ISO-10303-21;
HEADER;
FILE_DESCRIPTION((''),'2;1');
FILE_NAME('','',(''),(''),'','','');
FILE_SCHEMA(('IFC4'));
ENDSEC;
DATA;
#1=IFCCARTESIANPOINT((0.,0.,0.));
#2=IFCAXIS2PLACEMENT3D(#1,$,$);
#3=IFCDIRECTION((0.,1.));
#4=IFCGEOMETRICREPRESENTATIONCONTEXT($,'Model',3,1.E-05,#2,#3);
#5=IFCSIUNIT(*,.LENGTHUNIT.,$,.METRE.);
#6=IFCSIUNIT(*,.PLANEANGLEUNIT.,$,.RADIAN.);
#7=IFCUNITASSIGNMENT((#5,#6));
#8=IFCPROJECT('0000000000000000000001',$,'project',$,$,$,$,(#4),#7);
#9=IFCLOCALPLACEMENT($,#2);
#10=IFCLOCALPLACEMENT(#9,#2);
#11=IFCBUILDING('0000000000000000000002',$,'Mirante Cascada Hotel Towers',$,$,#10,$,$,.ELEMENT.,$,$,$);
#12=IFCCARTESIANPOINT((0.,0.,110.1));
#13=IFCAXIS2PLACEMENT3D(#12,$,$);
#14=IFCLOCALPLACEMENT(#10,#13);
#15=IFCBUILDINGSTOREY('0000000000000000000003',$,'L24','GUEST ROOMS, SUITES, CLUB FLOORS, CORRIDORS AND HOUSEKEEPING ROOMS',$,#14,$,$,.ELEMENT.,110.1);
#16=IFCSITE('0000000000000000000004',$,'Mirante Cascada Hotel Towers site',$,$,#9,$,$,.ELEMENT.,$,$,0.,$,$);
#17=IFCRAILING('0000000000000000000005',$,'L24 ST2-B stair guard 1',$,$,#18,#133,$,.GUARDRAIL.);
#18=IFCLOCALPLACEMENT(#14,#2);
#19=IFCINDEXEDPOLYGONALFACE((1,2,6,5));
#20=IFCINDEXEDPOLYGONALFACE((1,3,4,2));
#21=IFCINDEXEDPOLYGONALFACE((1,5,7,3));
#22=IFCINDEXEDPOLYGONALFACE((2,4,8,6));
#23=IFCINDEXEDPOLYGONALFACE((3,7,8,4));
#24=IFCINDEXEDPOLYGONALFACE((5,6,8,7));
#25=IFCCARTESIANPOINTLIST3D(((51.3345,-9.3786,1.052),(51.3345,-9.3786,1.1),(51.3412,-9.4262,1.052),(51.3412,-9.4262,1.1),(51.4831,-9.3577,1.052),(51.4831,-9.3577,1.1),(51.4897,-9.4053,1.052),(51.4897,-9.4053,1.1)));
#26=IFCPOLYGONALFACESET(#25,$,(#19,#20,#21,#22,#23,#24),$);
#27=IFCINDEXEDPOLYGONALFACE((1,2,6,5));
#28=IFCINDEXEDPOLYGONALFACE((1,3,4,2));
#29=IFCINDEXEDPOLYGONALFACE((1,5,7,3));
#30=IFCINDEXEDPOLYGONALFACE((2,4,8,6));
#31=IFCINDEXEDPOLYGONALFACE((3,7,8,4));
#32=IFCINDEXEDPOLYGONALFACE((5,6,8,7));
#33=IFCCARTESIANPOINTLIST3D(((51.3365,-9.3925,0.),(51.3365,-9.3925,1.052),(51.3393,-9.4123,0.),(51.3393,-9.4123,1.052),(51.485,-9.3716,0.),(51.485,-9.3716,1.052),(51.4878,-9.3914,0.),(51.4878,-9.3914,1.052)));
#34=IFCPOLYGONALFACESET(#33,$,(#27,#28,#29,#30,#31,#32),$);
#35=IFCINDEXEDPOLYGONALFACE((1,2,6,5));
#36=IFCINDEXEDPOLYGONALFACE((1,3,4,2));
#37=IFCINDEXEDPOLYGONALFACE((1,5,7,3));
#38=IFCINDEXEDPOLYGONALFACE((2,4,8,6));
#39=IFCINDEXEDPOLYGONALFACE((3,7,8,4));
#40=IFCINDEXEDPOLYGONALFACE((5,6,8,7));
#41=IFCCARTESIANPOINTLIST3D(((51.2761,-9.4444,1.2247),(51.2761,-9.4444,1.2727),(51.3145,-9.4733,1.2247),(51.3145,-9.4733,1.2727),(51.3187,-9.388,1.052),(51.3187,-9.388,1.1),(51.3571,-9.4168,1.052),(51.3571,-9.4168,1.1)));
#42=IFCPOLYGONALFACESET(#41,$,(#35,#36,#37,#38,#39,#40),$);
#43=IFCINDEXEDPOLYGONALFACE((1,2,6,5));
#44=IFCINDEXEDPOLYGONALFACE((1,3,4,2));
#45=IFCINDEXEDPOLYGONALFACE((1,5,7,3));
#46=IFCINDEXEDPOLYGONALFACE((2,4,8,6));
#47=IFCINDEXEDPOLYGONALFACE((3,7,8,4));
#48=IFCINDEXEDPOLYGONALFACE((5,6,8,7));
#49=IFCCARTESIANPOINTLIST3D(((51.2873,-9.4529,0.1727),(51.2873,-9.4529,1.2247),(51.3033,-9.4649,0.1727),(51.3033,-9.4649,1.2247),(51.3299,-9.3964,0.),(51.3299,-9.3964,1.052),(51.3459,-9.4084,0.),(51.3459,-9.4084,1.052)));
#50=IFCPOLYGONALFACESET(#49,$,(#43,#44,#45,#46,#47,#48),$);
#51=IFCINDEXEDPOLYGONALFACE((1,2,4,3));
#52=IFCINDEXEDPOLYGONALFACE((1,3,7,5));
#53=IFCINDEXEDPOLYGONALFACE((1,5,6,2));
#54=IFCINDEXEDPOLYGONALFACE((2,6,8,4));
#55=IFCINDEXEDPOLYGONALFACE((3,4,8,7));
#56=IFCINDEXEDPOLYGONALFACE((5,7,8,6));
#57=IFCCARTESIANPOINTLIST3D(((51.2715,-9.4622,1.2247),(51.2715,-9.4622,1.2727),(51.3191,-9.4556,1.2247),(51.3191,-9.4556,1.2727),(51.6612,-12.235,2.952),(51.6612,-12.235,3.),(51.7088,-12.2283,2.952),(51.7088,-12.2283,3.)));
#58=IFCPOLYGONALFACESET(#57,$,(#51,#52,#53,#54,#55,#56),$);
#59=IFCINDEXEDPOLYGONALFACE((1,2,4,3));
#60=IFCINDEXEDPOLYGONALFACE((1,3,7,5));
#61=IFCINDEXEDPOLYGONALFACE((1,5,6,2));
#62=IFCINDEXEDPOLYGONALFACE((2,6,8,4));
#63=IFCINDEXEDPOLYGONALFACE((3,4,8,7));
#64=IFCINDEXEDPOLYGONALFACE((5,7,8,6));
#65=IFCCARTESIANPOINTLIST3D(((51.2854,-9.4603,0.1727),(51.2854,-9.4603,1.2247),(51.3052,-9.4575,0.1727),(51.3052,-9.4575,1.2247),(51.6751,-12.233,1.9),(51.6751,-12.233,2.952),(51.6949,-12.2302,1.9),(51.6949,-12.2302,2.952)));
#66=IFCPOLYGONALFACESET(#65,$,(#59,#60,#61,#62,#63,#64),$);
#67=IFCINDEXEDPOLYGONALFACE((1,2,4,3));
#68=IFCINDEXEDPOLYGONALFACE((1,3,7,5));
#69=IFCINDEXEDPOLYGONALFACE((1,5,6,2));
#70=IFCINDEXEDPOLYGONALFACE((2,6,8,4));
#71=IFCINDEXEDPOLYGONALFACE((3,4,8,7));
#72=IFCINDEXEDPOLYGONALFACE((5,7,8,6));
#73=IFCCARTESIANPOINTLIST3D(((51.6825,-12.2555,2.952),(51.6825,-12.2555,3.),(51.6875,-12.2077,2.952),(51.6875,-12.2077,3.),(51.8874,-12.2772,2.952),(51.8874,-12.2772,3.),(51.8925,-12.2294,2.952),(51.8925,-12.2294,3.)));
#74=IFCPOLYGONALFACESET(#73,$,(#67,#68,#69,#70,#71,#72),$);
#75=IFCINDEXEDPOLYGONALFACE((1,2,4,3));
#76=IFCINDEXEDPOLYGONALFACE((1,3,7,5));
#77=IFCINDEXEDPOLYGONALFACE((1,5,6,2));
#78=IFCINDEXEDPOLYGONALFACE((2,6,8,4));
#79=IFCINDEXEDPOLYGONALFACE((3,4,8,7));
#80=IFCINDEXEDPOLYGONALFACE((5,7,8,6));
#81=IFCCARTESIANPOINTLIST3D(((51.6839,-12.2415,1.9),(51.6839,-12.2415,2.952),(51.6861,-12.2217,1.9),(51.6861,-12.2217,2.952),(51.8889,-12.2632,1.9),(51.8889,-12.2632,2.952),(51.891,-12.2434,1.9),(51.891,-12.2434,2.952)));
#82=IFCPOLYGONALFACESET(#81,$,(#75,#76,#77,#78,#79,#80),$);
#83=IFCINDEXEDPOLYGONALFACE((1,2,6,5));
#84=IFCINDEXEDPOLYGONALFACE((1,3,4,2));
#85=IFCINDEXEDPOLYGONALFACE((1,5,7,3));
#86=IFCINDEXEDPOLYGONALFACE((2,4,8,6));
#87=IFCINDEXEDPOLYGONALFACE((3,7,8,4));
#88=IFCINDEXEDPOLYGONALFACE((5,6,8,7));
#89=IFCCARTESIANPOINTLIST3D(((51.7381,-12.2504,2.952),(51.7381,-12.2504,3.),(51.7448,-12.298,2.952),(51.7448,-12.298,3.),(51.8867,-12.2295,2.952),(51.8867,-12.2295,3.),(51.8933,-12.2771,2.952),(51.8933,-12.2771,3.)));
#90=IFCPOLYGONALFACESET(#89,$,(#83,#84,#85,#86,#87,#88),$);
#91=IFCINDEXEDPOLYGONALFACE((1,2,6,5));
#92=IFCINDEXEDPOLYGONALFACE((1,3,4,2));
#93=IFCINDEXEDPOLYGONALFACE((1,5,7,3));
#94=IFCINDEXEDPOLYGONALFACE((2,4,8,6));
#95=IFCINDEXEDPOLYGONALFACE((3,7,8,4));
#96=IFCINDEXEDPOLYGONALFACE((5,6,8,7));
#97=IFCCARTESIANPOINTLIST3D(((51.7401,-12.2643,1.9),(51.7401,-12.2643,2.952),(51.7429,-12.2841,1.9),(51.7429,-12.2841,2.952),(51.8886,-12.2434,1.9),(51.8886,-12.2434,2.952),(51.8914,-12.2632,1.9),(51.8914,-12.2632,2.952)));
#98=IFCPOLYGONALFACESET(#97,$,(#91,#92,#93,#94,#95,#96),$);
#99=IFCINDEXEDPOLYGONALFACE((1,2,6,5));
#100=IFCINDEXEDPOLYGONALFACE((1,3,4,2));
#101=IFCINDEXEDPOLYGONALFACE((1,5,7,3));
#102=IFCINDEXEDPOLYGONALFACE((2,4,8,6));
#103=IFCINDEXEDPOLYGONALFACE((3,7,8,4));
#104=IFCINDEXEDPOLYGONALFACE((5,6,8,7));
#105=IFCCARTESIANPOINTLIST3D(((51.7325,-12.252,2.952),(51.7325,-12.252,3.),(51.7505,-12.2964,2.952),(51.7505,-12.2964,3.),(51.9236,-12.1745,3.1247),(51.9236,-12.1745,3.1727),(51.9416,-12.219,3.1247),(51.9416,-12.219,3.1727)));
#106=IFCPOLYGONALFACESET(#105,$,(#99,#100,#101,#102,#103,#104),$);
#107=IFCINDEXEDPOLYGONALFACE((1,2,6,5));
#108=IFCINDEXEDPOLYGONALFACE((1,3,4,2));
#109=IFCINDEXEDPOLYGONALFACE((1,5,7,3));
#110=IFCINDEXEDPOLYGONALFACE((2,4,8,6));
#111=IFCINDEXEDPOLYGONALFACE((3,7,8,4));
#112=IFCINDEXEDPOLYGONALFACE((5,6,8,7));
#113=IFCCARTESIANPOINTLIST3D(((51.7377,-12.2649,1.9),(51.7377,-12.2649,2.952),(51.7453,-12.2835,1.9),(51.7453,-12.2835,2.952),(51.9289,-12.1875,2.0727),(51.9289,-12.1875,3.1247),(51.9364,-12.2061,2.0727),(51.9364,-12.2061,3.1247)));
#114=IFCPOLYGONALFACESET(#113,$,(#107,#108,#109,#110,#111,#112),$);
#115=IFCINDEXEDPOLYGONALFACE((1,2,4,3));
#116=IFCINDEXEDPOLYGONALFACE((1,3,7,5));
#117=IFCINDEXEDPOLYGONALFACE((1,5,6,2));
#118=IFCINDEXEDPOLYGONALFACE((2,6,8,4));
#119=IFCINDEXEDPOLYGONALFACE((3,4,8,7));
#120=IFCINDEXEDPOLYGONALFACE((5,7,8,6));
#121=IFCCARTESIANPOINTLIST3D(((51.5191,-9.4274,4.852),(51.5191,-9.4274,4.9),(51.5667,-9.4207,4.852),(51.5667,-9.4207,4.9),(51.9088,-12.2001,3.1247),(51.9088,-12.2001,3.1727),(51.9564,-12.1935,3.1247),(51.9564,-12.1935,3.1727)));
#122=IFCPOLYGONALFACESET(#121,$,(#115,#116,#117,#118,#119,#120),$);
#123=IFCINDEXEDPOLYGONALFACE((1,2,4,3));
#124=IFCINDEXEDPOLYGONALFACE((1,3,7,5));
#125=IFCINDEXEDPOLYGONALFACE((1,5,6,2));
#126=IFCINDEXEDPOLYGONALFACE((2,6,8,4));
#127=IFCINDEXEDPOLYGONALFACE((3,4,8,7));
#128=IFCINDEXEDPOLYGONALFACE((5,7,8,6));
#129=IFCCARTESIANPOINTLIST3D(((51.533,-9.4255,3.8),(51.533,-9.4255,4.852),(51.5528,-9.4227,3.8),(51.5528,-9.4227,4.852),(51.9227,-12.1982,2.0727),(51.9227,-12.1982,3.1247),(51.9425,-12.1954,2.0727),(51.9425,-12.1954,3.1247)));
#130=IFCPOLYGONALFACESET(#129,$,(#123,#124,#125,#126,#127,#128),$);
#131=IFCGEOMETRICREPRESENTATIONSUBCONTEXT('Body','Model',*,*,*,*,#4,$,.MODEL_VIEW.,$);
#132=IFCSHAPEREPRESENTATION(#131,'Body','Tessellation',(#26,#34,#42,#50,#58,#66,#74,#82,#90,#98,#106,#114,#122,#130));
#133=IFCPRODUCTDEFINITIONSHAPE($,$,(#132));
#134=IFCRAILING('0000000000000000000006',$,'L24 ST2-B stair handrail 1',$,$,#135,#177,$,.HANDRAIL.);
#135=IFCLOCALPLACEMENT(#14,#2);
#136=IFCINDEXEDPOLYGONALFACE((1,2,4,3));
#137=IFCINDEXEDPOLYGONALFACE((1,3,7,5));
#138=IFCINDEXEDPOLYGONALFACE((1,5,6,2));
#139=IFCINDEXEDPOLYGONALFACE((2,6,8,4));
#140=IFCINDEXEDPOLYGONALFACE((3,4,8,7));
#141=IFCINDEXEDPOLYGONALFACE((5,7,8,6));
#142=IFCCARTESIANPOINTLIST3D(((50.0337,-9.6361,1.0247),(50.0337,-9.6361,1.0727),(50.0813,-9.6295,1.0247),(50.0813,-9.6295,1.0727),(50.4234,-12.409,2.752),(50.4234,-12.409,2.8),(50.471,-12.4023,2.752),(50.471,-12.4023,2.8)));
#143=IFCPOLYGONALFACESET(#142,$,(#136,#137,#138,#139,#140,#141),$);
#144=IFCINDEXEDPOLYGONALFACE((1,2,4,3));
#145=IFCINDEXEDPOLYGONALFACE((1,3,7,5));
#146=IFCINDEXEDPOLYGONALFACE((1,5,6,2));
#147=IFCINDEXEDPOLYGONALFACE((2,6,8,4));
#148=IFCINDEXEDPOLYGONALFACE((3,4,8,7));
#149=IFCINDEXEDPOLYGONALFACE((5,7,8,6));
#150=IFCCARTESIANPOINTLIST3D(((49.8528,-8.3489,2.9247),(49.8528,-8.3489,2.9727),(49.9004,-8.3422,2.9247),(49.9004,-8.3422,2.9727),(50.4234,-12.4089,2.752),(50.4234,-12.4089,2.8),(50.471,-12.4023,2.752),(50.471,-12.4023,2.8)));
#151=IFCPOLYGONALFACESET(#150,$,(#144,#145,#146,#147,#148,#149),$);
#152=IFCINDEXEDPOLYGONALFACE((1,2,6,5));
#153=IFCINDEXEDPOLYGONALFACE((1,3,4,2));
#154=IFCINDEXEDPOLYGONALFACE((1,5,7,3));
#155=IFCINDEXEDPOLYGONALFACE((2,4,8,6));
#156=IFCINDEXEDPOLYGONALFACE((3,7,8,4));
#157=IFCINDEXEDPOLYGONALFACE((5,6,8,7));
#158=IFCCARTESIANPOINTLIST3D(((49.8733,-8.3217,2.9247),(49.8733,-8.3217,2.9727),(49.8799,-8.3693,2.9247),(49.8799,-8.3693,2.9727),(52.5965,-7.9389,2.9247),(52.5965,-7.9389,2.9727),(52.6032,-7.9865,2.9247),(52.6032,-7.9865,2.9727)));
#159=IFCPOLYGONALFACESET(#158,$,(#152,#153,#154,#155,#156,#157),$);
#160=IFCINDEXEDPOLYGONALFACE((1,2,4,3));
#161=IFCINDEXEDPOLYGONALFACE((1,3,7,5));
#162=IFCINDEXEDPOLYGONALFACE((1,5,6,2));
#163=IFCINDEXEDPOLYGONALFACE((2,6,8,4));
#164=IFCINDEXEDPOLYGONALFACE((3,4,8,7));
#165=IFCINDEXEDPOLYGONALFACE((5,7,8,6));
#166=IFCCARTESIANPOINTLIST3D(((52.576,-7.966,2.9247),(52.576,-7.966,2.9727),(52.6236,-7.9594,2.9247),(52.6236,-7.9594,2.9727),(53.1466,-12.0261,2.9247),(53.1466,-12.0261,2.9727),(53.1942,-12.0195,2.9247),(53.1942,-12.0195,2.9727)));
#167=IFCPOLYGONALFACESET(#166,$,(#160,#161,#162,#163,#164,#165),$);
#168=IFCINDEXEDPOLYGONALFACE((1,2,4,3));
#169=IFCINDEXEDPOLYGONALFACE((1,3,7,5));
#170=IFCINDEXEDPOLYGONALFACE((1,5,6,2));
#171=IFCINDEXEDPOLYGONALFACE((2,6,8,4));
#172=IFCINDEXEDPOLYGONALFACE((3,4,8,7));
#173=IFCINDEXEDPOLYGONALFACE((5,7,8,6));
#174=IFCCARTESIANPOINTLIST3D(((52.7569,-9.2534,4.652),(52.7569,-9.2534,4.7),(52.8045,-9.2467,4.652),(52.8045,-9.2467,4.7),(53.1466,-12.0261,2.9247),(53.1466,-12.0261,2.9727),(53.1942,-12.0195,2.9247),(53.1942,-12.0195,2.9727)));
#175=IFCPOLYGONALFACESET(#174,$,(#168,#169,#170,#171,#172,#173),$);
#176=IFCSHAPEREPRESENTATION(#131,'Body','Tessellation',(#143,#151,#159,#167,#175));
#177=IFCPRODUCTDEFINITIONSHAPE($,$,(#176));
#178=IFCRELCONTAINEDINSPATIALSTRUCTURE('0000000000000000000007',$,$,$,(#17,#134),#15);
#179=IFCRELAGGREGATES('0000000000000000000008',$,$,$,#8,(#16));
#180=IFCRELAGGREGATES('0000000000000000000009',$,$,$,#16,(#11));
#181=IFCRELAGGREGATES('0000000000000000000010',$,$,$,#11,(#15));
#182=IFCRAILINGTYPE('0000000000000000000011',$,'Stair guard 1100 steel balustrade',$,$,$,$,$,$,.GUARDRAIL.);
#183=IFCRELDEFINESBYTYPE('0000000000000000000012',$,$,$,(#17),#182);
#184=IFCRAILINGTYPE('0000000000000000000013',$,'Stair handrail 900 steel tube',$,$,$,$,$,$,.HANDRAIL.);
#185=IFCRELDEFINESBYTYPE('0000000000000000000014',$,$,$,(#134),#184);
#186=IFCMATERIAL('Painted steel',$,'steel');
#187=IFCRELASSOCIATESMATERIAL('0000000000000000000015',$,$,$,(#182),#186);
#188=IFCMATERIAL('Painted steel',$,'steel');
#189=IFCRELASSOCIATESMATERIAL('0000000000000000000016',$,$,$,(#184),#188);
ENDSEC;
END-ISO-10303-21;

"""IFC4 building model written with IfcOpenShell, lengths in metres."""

from ifc_helpers import new_model, si_unit, direction, frame, origin, origin_2d, place, context, subcontext, project, spatial, rectangle, extrude, material, type_object, element, save


model = new_model("IFC4")

# Units and contexts
model_context = context("Model", 3, precision=1e-05, world=origin(), true_north=direction((0.0, 1.0)))
body_context = subcontext(model_context, "Body", "Model", "MODEL_VIEW")
ifc_project = project(units=[si_unit("LENGTHUNIT", "METRE"), si_unit("PLANEANGLEUNIT", "RADIAN")], contexts=[model_context])

# Site, building, storey
site_placement = place(None, origin())
site = spatial("IfcSite", under=ifc_project, at=site_placement, Name="Mirante Cascada Hotel Towers site", CompositionType="ELEMENT", RefElevation=0.0)
building_placement = place(site_placement, origin())
building = spatial("IfcBuilding", under=site, at=building_placement, Name="Mirante Cascada Hotel Towers", CompositionType="ELEMENT")
storey_placement = place(building_placement, frame((0.0, 0.0, 110.1)))
storey = spatial("IfcBuildingStorey", under=building, at=storey_placement, Name="L24", Description="GUEST ROOMS, SUITES, CLUB FLOORS, CORRIDORS AND HOUSEKEEPING ROOMS", CompositionType="ELEMENT", Elevation=110.1)

# Railings
ifc_material_1 = material(Name="Painted steel", Category="steel")
railing_type_1 = type_object("IfcRailingType", Name="Stair guard 1100 steel balustrade", PredefinedType="GUARDRAIL", material=ifc_material_1)
railing_1_placement = place(storey_placement, frame((51.4864, -9.3815, 0.0)))
element("IfcRailing", 1, at=railing_1_placement, inside=storey, type_object=railing_type_1, Name="L24 ST2-B stair guard 1", PredefinedType="GUARDRAIL", context=body_context, shape_type="SweptSolid", body=[
    extrude(rectangle(XDim=0.048, YDim=0.048, at=origin_2d()), frame((0.0, 0.0, 1.076), z_axis=(-0.990241, -0.139367, 0.0), x_axis=(0.139367, -0.990241, 0.0)), (0.0, 0.0, 1.0), 0.15),
    extrude(rectangle(XDim=0.02, YDim=1.052, at=origin_2d()), frame((0.0, 0.0, 0.526), z_axis=(-0.990241, -0.139367, 0.0), x_axis=(0.139367, -0.990241, 0.0)), (0.0, 0.0, 1.0), 0.15),
    extrude(rectangle(XDim=0.048, YDim=0.048, at=origin_2d()), frame((-0.1485, -0.0209, 1.076), z_axis=(-0.602033, -0.798471, 0.0), x_axis=(0.798471, -0.602033, 0.0)), (0.0, 0.92534, 0.379139), 0.1866),
    extrude(rectangle(XDim=0.02, YDim=1.052, at=origin_2d()), frame((-0.1485, -0.0209, 0.526), z_axis=(-0.602033, -0.798471, 0.0), x_axis=(0.798471, -0.602033, 0.0)), (0.0, 0.92534, 0.379139), 0.1866),
    extrude(rectangle(XDim=0.048, YDim=0.048, at=origin_2d()), frame((-0.1911, -0.0774, 1.2487), z_axis=(0.139181, -0.990267, 0.0), x_axis=(0.990267, 0.139181, 0.0)), (0.0, 0.525035, 0.851081), 3.2899),
    extrude(rectangle(XDim=0.02, YDim=1.052, at=origin_2d()), frame((-0.1911, -0.0774, 0.6987), z_axis=(0.139181, -0.990267, 0.0), x_axis=(0.990267, 0.139181, 0.0)), (0.0, 0.525035, 0.851081), 3.2899),
    extrude(rectangle(XDim=0.048, YDim=0.048, at=origin_2d()), frame((0.1986, -2.8501, 2.976), z_axis=(0.994444, -0.105266, 0.0), x_axis=(0.105266, 0.994444, 0.0)), (0.0, 0.0, 1.0), 0.2061),
    extrude(rectangle(XDim=0.02, YDim=1.052, at=origin_2d()), frame((0.1986, -2.8501, 2.426), z_axis=(0.994444, -0.105266, 0.0), x_axis=(0.105266, 0.994444, 0.0)), (0.0, 0.0, 1.0), 0.2061),
    extrude(rectangle(XDim=0.048, YDim=0.048, at=origin_2d()), frame((0.4036, -2.8718, 2.976), z_axis=(-0.990241, -0.139367, 0.0), x_axis=(0.139367, -0.990241, 0.0)), (0.0, 0.0, 1.0), 0.15),
    extrude(rectangle(XDim=0.02, YDim=1.052, at=origin_2d()), frame((0.4036, -2.8718, 2.426), z_axis=(-0.990241, -0.139367, 0.0), x_axis=(0.139367, -0.990241, 0.0)), (0.0, 0.0, 1.0), 0.15),
    extrude(rectangle(XDim=0.048, YDim=0.048, at=origin_2d()), frame((0.2551, -2.8927, 2.976), z_axis=(0.926862, 0.375401, 0.0), x_axis=(-0.375401, 0.926862, 0.0)), (0.0, 0.642122, 0.766603), 0.269),
    extrude(rectangle(XDim=0.02, YDim=1.052, at=origin_2d()), frame((0.2551, -2.8927, 2.426), z_axis=(0.926862, 0.375401, 0.0), x_axis=(-0.375401, 0.926862, 0.0)), (0.0, 0.642122, 0.766603), 0.269),
    extrude(rectangle(XDim=0.048, YDim=0.048, at=origin_2d()), frame((0.4462, -2.8153, 3.1487), z_axis=(-0.139181, 0.990267, 0.0), x_axis=(-0.990267, -0.139181, 0.0)), (0.0, 0.525035, 0.851081), 3.2899),
    extrude(rectangle(XDim=0.02, YDim=1.052, at=origin_2d()), frame((0.4462, -2.8153, 2.5987), z_axis=(-0.139181, 0.990267, 0.0), x_axis=(-0.990267, -0.139181, 0.0)), (0.0, 0.525035, 0.851081), 3.2899),
])
ifc_material_2 = material(Name="Painted steel", Category="steel")
railing_type_2 = type_object("IfcRailingType", Name="Stair handrail 900 steel tube", PredefinedType="HANDRAIL", material=ifc_material_2)
railing_2_placement = place(storey_placement, frame((50.0575, -9.6328, 0.1727)))
element("IfcRailing", 2, at=railing_2_placement, inside=storey, type_object=railing_type_2, Name="L24 ST2-B stair handrail 1", PredefinedType="HANDRAIL", context=body_context, shape_type="SweptSolid", body=[
    extrude(rectangle(XDim=0.048, YDim=0.048, at=origin_2d()), frame((0.0, 0.0, 0.876), z_axis=(0.139176, -0.990268, 0.0), x_axis=(0.990268, 0.139176, 0.0)), (0.0, 0.525021, 0.851089), 3.29),
    extrude(rectangle(XDim=0.048, YDim=0.048, at=origin_2d()), frame((0.3897, -2.7728, 2.6033), z_axis=(-0.139171, 0.990268, 0.0), x_axis=(-0.990268, -0.139171, 0.0)), (0.0, 0.042085, 0.999114), 4.1036),
    extrude(rectangle(XDim=0.048, YDim=0.048, at=origin_2d()), frame((-0.1809, 1.2873, 2.776), z_axis=(0.990264, 0.139201, 0.0), x_axis=(-0.139201, 0.990264, 0.0)), (0.0, 0.0, 1.0), 2.75),
    extrude(rectangle(XDim=0.048, YDim=0.048, at=origin_2d()), frame((2.5423, 1.6701, 2.776), z_axis=(0.139171, -0.990268, 0.0), x_axis=(0.990268, 0.139171, 0.0)), (0.0, 0.0, 1.0), 4.1),
    extrude(rectangle(XDim=0.048, YDim=0.048, at=origin_2d()), frame((3.1129, -2.39, 2.776), z_axis=(-0.139181, 0.990267, 0.0), x_axis=(-0.990267, -0.139181, 0.0)), (0.0, 0.525035, 0.851081), 3.2899),
])

save(model, "model.ifc")
